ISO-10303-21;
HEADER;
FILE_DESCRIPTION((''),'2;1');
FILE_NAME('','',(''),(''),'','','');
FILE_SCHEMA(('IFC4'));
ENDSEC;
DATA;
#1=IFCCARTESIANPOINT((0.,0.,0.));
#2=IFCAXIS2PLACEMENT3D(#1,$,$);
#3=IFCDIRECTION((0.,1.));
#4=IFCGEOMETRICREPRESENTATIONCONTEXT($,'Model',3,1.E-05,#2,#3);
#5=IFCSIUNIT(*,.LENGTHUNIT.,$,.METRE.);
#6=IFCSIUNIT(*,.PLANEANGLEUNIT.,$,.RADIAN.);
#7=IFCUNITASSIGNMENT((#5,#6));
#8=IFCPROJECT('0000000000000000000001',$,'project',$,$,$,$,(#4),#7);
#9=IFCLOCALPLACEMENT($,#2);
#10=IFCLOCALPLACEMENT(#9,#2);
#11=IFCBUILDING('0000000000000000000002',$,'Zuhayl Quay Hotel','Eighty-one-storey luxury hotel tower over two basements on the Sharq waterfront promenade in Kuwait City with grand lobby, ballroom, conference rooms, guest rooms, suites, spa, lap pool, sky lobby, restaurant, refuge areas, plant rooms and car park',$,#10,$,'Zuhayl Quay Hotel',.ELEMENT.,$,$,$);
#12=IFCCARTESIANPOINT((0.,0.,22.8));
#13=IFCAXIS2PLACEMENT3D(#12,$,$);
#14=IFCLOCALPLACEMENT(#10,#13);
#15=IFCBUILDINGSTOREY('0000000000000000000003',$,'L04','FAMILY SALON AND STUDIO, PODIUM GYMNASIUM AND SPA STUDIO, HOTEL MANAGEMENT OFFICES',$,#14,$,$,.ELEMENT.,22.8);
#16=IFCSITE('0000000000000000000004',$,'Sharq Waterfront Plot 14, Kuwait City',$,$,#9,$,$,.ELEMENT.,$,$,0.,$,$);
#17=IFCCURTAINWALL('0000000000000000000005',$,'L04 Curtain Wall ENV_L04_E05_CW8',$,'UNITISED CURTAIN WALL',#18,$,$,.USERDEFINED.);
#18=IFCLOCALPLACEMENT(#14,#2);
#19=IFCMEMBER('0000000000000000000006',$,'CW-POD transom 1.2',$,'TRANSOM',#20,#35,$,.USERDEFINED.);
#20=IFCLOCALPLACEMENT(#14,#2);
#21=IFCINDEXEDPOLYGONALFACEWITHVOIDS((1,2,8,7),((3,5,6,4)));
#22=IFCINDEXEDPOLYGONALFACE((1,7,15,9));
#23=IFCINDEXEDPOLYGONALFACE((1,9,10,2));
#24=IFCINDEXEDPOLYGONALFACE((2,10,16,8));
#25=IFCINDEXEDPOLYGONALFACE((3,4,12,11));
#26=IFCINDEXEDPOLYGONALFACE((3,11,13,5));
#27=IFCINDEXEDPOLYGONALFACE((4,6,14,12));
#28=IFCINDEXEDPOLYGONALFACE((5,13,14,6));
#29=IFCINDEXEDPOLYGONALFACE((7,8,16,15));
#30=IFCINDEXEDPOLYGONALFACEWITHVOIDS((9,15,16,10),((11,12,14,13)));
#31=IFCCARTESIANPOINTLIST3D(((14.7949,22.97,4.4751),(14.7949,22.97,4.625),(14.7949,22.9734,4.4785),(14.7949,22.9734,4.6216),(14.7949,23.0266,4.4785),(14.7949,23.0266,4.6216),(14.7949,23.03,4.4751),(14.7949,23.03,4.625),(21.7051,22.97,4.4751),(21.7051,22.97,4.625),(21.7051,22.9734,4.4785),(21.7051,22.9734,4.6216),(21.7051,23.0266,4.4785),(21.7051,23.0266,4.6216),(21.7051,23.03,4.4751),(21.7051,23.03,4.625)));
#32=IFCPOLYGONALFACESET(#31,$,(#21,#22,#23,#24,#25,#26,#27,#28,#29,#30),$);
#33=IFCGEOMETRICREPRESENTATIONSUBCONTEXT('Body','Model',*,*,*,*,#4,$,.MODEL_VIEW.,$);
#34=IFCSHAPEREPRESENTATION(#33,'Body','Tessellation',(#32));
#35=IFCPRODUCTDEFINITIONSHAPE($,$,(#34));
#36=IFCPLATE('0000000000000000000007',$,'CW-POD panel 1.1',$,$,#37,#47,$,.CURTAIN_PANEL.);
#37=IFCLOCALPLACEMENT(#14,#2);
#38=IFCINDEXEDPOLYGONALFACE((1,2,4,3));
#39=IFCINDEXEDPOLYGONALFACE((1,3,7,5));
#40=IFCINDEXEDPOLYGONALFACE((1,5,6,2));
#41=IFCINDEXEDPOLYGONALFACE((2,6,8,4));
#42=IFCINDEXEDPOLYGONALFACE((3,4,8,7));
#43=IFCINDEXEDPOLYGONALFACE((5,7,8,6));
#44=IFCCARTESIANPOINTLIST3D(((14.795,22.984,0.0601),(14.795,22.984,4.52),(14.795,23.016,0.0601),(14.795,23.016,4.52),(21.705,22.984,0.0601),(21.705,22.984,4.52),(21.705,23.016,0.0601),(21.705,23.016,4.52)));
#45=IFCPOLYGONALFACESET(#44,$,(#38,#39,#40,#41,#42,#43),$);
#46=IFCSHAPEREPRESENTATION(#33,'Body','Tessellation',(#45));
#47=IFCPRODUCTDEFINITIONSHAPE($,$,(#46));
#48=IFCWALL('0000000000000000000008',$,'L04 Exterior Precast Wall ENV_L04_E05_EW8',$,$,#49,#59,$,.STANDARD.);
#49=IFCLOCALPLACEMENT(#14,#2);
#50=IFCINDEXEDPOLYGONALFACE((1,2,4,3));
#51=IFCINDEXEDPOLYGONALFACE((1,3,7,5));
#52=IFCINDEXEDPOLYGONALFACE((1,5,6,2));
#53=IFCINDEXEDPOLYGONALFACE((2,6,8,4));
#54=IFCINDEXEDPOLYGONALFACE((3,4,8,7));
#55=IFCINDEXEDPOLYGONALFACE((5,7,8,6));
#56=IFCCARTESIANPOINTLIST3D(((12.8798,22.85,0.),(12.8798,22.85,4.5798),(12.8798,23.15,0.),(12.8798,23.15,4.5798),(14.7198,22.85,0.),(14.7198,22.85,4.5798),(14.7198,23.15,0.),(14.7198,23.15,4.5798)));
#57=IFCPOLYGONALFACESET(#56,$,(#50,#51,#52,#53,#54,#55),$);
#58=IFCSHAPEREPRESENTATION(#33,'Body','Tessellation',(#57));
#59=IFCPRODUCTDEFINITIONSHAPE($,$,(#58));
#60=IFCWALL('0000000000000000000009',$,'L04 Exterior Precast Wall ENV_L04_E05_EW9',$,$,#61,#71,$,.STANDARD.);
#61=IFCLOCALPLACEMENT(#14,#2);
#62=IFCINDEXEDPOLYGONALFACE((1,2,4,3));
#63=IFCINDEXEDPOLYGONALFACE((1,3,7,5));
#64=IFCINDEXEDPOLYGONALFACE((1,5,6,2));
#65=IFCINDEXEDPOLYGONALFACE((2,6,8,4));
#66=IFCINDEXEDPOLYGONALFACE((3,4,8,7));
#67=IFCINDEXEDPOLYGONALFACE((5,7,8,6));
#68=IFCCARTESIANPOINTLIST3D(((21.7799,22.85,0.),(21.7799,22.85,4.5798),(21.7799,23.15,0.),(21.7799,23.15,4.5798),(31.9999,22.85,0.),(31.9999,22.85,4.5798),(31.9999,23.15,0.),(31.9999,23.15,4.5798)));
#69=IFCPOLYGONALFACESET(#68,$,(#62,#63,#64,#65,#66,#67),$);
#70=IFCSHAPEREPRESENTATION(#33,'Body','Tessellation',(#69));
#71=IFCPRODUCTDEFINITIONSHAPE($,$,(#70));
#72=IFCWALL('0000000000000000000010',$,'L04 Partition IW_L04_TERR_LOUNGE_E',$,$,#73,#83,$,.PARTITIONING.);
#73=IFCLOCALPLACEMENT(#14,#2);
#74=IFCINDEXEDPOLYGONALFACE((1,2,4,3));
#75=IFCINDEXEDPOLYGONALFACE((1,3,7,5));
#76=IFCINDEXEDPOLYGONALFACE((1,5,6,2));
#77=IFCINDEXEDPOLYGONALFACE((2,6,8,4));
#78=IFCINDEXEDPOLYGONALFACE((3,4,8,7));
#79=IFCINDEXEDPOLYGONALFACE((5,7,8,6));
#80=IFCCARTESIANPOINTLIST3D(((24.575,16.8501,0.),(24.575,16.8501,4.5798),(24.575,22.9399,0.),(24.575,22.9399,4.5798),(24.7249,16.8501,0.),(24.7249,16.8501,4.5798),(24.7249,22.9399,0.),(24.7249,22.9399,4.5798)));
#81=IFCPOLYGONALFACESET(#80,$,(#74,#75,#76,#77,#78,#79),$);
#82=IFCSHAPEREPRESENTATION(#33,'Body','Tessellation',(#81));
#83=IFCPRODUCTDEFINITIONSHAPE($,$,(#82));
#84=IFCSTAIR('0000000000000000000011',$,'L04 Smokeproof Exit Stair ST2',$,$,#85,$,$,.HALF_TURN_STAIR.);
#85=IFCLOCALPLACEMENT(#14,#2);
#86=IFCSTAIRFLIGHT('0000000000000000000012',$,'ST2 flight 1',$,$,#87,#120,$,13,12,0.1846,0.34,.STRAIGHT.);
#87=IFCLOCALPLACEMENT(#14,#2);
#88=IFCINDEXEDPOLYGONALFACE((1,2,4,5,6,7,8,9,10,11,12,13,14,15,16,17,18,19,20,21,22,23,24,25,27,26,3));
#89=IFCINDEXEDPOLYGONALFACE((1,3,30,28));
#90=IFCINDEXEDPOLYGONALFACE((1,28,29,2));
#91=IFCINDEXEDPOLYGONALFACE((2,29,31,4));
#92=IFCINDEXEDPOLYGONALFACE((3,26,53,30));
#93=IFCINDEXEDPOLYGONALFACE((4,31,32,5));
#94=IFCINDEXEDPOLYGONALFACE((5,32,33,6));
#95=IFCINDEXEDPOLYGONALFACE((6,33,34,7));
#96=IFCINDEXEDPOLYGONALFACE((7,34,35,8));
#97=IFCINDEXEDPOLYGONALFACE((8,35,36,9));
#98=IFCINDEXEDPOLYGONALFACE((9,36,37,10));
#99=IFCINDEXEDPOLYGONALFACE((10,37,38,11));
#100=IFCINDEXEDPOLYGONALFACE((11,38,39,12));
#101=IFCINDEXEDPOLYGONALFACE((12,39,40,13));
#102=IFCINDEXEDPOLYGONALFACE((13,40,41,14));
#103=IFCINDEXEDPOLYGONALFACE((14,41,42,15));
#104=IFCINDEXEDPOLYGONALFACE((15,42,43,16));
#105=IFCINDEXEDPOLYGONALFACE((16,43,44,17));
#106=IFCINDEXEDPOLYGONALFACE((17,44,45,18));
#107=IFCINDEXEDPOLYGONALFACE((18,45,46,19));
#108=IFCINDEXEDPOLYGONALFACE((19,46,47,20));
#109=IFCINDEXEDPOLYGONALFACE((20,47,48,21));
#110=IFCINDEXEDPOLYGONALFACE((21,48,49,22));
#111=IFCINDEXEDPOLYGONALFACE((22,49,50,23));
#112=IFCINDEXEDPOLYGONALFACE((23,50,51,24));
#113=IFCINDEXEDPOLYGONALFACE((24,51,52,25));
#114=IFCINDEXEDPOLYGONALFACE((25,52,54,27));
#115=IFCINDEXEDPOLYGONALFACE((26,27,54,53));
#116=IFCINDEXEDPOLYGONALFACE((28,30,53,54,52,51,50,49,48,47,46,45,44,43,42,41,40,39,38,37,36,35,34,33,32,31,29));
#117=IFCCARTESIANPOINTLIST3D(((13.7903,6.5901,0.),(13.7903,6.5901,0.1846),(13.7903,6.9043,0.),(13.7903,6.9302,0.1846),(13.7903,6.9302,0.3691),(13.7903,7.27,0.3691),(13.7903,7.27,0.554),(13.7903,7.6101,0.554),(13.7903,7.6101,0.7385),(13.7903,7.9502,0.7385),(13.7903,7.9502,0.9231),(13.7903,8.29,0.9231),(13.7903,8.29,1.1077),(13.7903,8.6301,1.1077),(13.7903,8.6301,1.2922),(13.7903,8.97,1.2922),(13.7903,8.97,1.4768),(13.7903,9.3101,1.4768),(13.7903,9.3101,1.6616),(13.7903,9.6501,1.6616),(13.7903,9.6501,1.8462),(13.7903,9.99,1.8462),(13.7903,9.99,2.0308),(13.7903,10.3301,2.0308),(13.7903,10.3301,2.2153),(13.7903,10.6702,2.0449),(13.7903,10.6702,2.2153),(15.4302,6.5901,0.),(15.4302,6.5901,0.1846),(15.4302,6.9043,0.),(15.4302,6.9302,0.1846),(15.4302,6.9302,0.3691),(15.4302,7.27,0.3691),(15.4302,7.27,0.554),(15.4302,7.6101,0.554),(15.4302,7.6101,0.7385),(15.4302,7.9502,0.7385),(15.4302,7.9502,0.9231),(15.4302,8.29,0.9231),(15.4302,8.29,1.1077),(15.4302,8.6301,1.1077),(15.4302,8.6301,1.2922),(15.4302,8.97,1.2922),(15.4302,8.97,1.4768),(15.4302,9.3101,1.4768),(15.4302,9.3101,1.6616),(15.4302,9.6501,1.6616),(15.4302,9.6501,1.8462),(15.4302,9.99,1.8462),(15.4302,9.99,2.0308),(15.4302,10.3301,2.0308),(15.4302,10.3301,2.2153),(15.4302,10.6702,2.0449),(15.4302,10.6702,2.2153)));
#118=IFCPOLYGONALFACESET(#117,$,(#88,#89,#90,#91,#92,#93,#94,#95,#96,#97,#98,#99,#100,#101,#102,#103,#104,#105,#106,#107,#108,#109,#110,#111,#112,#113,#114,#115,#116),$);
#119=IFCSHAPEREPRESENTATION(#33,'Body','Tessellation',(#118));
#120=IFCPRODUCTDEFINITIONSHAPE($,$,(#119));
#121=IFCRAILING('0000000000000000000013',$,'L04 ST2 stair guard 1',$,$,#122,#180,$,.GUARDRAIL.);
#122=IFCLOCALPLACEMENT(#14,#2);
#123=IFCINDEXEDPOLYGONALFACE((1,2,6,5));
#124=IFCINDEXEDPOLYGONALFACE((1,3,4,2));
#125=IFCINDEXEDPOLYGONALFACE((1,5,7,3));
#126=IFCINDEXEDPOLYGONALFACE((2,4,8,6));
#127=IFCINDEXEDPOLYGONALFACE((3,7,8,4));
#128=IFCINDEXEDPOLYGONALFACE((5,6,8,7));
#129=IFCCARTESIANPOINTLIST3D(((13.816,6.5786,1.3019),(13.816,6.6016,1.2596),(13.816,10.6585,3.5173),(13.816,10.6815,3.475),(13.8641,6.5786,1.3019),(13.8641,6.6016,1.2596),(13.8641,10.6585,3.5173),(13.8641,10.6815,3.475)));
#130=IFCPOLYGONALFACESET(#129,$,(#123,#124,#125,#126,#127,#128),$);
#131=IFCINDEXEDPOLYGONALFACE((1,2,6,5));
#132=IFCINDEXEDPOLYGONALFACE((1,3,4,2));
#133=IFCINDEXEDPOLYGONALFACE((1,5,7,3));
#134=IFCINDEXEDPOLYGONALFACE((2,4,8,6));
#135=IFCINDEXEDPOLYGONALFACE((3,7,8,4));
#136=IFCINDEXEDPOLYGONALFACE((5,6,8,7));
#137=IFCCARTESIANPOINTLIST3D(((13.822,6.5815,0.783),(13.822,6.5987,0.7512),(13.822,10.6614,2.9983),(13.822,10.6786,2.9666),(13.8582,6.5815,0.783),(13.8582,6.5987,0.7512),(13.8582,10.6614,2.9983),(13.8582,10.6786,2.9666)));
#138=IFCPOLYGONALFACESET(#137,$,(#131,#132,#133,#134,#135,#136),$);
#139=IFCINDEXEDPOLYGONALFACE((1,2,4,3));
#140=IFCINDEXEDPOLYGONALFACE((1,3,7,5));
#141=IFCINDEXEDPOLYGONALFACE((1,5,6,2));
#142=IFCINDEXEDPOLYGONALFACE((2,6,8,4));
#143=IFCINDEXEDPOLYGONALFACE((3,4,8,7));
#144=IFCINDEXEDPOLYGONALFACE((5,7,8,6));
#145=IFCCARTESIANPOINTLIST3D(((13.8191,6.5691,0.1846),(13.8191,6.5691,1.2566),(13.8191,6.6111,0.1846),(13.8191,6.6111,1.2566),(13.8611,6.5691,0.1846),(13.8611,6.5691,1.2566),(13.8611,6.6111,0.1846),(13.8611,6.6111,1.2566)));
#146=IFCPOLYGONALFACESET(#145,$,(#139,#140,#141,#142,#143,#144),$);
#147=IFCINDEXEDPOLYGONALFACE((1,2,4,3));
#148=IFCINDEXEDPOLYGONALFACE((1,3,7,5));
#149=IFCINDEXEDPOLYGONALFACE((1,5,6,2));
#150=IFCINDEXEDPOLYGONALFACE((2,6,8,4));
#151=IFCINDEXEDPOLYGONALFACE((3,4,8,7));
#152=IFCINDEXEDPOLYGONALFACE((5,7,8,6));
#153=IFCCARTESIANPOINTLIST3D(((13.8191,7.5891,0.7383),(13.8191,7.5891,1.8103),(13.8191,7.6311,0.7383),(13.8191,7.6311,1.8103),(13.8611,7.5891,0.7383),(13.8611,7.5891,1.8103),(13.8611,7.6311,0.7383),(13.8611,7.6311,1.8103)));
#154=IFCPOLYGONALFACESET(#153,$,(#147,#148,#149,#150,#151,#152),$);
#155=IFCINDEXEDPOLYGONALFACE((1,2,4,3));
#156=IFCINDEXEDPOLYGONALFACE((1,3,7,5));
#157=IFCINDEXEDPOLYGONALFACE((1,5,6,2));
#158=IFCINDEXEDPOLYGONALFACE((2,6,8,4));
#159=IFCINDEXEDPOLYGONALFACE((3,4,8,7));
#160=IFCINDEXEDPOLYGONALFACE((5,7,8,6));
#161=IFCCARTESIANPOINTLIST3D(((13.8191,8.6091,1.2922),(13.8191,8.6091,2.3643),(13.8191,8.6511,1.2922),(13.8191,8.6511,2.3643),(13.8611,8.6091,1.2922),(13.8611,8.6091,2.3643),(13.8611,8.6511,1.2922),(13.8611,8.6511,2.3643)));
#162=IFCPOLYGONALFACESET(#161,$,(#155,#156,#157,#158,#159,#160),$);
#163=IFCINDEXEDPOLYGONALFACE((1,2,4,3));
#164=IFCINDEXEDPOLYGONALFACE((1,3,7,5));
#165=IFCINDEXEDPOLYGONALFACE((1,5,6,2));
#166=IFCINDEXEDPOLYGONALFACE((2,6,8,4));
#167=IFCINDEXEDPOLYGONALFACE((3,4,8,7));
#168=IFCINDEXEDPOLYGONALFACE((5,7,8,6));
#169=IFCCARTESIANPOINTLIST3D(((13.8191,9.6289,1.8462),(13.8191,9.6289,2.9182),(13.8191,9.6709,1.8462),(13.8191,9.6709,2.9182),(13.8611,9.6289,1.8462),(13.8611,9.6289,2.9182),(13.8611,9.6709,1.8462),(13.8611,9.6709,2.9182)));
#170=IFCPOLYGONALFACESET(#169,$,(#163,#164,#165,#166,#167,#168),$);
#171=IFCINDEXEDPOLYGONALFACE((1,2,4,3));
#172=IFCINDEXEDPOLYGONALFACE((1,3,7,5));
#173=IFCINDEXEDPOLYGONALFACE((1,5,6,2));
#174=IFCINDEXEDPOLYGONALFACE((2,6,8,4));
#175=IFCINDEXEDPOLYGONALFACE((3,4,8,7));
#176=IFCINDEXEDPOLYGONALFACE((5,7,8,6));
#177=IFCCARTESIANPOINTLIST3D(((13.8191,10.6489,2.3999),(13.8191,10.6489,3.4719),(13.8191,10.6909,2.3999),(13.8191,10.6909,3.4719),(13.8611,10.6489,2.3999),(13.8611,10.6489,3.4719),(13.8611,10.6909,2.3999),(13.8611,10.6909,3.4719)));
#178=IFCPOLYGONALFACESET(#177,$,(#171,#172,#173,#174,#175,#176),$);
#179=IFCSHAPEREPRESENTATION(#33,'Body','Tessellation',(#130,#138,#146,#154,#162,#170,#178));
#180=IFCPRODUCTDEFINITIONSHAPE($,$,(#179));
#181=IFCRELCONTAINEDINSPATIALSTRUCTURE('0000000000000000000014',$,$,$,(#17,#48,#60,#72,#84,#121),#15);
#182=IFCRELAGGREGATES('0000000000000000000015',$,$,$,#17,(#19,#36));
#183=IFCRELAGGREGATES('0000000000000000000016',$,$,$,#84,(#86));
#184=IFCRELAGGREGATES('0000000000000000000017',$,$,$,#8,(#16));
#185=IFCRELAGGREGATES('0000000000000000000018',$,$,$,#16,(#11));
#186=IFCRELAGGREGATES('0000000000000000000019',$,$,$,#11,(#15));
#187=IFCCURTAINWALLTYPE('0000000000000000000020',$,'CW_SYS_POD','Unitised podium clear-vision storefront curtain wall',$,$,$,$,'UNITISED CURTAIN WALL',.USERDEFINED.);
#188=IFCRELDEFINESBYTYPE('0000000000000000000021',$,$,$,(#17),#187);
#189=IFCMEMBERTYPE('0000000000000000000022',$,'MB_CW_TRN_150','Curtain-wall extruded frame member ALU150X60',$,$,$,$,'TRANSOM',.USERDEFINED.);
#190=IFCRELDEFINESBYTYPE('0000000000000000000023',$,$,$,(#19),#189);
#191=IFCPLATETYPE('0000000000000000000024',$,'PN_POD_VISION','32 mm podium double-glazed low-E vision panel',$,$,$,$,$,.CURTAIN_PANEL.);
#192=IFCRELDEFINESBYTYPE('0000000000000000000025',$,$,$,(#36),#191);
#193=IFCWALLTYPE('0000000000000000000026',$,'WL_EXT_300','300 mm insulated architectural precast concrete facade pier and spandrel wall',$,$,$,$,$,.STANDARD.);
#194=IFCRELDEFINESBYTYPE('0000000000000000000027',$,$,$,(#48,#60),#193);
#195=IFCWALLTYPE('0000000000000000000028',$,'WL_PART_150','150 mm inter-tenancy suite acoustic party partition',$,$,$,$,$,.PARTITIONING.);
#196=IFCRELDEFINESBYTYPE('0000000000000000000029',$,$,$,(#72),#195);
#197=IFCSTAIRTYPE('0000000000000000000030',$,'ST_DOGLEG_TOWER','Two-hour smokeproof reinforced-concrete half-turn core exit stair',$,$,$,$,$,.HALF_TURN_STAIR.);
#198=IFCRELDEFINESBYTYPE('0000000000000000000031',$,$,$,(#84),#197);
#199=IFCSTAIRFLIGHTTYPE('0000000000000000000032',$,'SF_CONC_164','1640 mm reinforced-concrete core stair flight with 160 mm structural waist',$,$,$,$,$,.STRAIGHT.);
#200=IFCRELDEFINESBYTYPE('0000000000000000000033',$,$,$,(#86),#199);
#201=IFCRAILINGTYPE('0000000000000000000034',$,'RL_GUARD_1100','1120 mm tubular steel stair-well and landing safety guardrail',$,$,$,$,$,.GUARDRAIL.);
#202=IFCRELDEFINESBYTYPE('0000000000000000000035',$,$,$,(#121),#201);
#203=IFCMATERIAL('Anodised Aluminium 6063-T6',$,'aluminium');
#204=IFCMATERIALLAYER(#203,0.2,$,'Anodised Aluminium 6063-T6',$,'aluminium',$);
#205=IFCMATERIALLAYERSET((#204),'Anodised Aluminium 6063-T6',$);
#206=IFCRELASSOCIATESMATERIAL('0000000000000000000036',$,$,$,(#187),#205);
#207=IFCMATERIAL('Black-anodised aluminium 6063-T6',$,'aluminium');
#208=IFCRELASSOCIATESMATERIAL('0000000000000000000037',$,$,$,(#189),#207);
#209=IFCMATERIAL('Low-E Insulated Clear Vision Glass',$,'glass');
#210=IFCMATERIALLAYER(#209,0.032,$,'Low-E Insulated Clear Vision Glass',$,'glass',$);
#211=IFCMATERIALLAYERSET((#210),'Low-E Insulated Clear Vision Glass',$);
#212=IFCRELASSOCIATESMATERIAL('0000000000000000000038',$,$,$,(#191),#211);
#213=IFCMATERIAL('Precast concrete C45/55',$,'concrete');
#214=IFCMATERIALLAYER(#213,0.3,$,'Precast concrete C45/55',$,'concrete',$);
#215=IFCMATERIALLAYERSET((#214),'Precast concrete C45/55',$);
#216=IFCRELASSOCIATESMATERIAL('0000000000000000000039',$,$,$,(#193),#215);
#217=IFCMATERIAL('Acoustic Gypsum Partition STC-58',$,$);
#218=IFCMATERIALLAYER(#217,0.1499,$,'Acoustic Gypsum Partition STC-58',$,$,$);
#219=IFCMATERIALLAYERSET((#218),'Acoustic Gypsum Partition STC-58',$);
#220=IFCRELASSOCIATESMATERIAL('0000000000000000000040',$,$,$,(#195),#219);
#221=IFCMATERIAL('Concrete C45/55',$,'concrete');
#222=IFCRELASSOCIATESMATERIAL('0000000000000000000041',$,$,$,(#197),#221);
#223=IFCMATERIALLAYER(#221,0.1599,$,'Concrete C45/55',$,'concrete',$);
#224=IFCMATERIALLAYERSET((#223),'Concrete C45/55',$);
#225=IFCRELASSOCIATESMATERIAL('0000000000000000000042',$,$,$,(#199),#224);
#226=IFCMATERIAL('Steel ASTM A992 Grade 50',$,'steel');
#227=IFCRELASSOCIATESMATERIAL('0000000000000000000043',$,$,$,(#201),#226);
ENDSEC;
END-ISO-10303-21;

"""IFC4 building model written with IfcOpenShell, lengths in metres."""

from ifc_helpers import new_model, si_unit, direction, frame, frame_2d, origin, origin_2d, place, context, subcontext, project, spatial, polyline, rectangle, hollow_rectangle, outline, extrude, material, layer, layer_set, material_profile, profile_set, type_object, element, aggregate, save


model = new_model("IFC4")

# Units and contexts
model_context = context("Model", 3, precision=1e-05, world=origin(), true_north=direction((0.0, 1.0)))
body_context = subcontext(model_context, "Body", "Model", "MODEL_VIEW")
ifc_project = project(units=[si_unit("LENGTHUNIT", "METRE"), si_unit("PLANEANGLEUNIT", "RADIAN")], contexts=[model_context])

# Site, building, storey
site_placement = place(None, origin())
site = spatial("IfcSite", under=ifc_project, at=site_placement, Name="Sharq Waterfront Plot 14, Kuwait City", CompositionType="ELEMENT", RefElevation=0.0)
building_placement = place(site_placement, origin())
building = spatial("IfcBuilding", under=site, at=building_placement, Name="Zuhayl Quay Hotel", Description="Eighty-one-storey luxury hotel tower over two basements on the Sharq waterfront promenade in Kuwait City with grand lobby, ballroom, conference rooms, guest rooms, suites, spa, lap pool, sky lobby, restaurant, refuge areas, plant rooms and car park", LongName="Zuhayl Quay Hotel", CompositionType="ELEMENT")
storey_placement = place(building_placement, frame((0.0, 0.0, 22.8)))
storey = spatial("IfcBuildingStorey", under=building, at=storey_placement, Name="L04", Description="FAMILY SALON AND STUDIO, PODIUM GYMNASIUM AND SPA STUDIO, HOTEL MANAGEMENT OFFICES", CompositionType="ELEMENT", Elevation=22.8)

# Shared definitions
ifc_material_1 = material(Name="Anodised Aluminium 6063-T6", Category="aluminium")
ifc_layer_1 = layer(ifc_material_1, 0.2, Name="Anodised Aluminium 6063-T6", Category="aluminium")
ifc_layer_set_1 = layer_set([ifc_layer_1], Name="Anodised Aluminium 6063-T6")
curtain_wall_type = type_object("IfcCurtainWallType", Name="CW_SYS_POD", Description="Unitised podium clear-vision storefront curtain wall", ElementType="UNITISED CURTAIN WALL", PredefinedType="USERDEFINED", material=ifc_layer_set_1)
ifc_material_2 = material(Name="Black-anodised aluminium 6063-T6", Category="aluminium")

# Curtain wall, member, plate
curtain_wall_1_placement = place(storey_placement, origin())
curtain_wall_1 = element("IfcCurtainWall", 1, at=curtain_wall_1_placement, inside=storey, type_object=curtain_wall_type, Name="L04 Curtain Wall ENV_L04_E05_CW8", ObjectType="UNITISED CURTAIN WALL", PredefinedType="USERDEFINED")
ifc_material_profile_1 = material_profile(ifc_material_2, hollow_rectangle(XDim=0.0601, YDim=0.1499, WallThickness=0.0034, at=origin_2d()), Name="ALU150X60")
ifc_profile_set_1 = profile_set([ifc_material_profile_1], Name="Black-anodised aluminium 6063-T6")
member_type_1 = type_object("IfcMemberType", Name="MB_CW_TRN_150", Description="Curtain-wall extruded frame member ALU150X60", ElementType="TRANSOM", PredefinedType="USERDEFINED", material=ifc_profile_set_1)
member_1_placement = place(storey_placement, frame((14.7949, 23.0, 4.55), z_axis=(1.0, 0.0, 0.0), x_axis=(0.0, 1.0, 0.0)))
member_1 = element("IfcMember", 2, at=member_1_placement, type_object=member_type_1, Name="CW-POD transom 1.2", ObjectType="TRANSOM", PredefinedType="USERDEFINED", context=body_context, shape_type="SweptSolid", body=[
    extrude(hollow_rectangle(XDim=0.0601, YDim=0.1499, WallThickness=0.0034, at=origin_2d()), origin(), (0.0, 0.0, 1.0), 6.9102),
])
ifc_material_3 = material(Name="Low-E Insulated Clear Vision Glass", Category="glass")
ifc_layer_2 = layer(ifc_material_3, 0.032, Name="Low-E Insulated Clear Vision Glass", Category="glass")
ifc_layer_set_2 = layer_set([ifc_layer_2], Name="Low-E Insulated Clear Vision Glass")
plate_type = type_object("IfcPlateType", Name="PN_POD_VISION", Description="32 mm podium double-glazed low-E vision panel", PredefinedType="CURTAIN_PANEL", material=ifc_layer_set_2)
plate_placement = place(storey_placement, frame((18.25, 23.0, 0.0601), z_axis=(0.0, 0.0, 1.0), x_axis=(1.0, 0.0, 0.0)))
plate = element("IfcPlate", 3, at=plate_placement, type_object=plate_type, Name="CW-POD panel 1.1", PredefinedType="CURTAIN_PANEL", context=body_context, shape_type="SweptSolid", body=[
    extrude(rectangle(XDim=6.9099, YDim=0.032, at=origin_2d()), origin(), (0.0, 0.0, 1.0), 4.46),
])
aggregate(curtain_wall_1, [member_1, plate])

# Walls
ifc_material_4 = material(Name="Precast concrete C45/55", Category="concrete")
ifc_layer_3 = layer(ifc_material_4, 0.3, Name="Precast concrete C45/55", Category="concrete")
ifc_layer_set_3 = layer_set([ifc_layer_3], Name="Precast concrete C45/55")
wall_type_1 = type_object("IfcWallType", Name="WL_EXT_300", Description="300 mm insulated architectural precast concrete facade pier and spandrel wall", PredefinedType="STANDARD", material=ifc_layer_set_3)
wall_1_placement = place(storey_placement, frame((12.8799, 23.0, 0.0), z_axis=(0.0, 0.0, 1.0), x_axis=(1.0, 0.0, 0.0)))
element("IfcWall", 4, at=wall_1_placement, inside=storey, type_object=wall_type_1, Name="L04 Exterior Precast Wall ENV_L04_E05_EW8", PredefinedType="STANDARD", context=body_context, shape_type="SweptSolid", body=[
    extrude(rectangle(XDim=1.8401, YDim=0.3, at=frame_2d((0.9199, 0.0))), origin(), (0.0, 0.0, 1.0), 4.5798),
])
wall_2_placement = place(storey_placement, frame((21.78, 23.0, 0.0), z_axis=(0.0, 0.0, 1.0), x_axis=(1.0, 0.0, 0.0)))
element("IfcWall", 5, at=wall_2_placement, inside=storey, type_object=wall_type_1, Name="L04 Exterior Precast Wall ENV_L04_E05_EW9", PredefinedType="STANDARD", context=body_context, shape_type="SweptSolid", body=[
    extrude(rectangle(XDim=10.22, YDim=0.3, at=frame_2d((5.1099, 0.0))), origin(), (0.0, 0.0, 1.0), 4.5798),
])
ifc_material_5 = material(Name="Acoustic Gypsum Partition STC-58")
ifc_layer_4 = layer(ifc_material_5, 0.1499, Name="Acoustic Gypsum Partition STC-58")
ifc_layer_set_4 = layer_set([ifc_layer_4], Name="Acoustic Gypsum Partition STC-58")
wall_type_2 = type_object("IfcWallType", Name="WL_PART_150", Description="150 mm inter-tenancy suite acoustic party partition", PredefinedType="PARTITIONING", material=ifc_layer_set_4)
wall_3_placement = place(storey_placement, frame((24.6499, 16.8501, 0.0), z_axis=(0.0, 0.0, 1.0), x_axis=(0.0, 1.0, 0.0)))
element("IfcWall", 6, at=wall_3_placement, inside=storey, type_object=wall_type_2, Name="L04 Partition IW_L04_TERR_LOUNGE_E", PredefinedType="PARTITIONING", context=body_context, shape_type="SweptSolid", body=[
    extrude(rectangle(XDim=6.0898, YDim=0.1499, at=frame_2d((3.0449, 0.0))), origin(), (0.0, 0.0, 1.0), 4.5798),
])

# Stair, stair flight
ifc_material_6 = material(Name="Concrete C45/55", Category="concrete")
stair_type = type_object("IfcStairType", Name="ST_DOGLEG_TOWER", Description="Two-hour smokeproof reinforced-concrete half-turn core exit stair", PredefinedType="HALF_TURN_STAIR", material=ifc_material_6)
stair_placement = place(storey_placement, origin())
stair = element("IfcStair", 7, at=stair_placement, inside=storey, type_object=stair_type, Name="L04 Smokeproof Exit Stair ST2", PredefinedType="HALF_TURN_STAIR")
ifc_layer_5 = layer(ifc_material_6, 0.1599, Name="Concrete C45/55", Category="concrete")
ifc_layer_set_5 = layer_set([ifc_layer_5], Name="Concrete C45/55")
stair_flight_type = type_object("IfcStairFlightType", Name="SF_CONC_164", Description="1640 mm reinforced-concrete core stair flight with 160 mm structural waist", PredefinedType="STRAIGHT", material=ifc_layer_set_5)
stair_flight_placement = place(storey_placement, frame((14.6101, 6.5901, 0.0), z_axis=(0.0, 0.0, 1.0), x_axis=(0.0, 1.0, 0.0)))
stair_flight = element("IfcStairFlight", 8, at=stair_flight_placement, type_object=stair_flight_type, Name="ST2 flight 1", NumberOfRisers=13, NumberOfTreads=12, PredefinedType="STRAIGHT", RiserHeight=0.1846, TreadLength=0.34, context=body_context, shape_type="SweptSolid", body=[
    extrude(outline(polyline([(0.0, 0.0), (0.0, 0.1846), (0.3401, 0.1846), (0.3401, 0.3691), (0.6799, 0.3691), (0.6799, 0.554), (1.02, 0.554), (1.02, 0.7385), (1.3601, 0.7385), (1.3601, 0.9231), (1.7, 0.9231), (1.7, 1.1077), (2.04, 1.1077), (2.04, 1.2922), (2.3799, 1.2922), (2.3799, 1.4768), (2.72, 1.4768), (2.72, 1.6616), (3.0601, 1.6616), (3.0601, 1.8462), (3.3999, 1.8462), (3.3999, 2.0308), (3.74, 2.0308), (3.74, 2.2153), (4.0801, 2.2153), (4.0801, 2.3999), (4.0801, 2.0449), (0.3142, 0.0), (0.0, 0.0)])), frame((0.0, 0.8198, 0.0), z_axis=(0.0, -1.0, 0.0), x_axis=(1.0, 0.0, 0.0)), (0.0, 0.0, 1.0), 1.6399),
])
aggregate(stair, [stair_flight])

# Railing
ifc_material_7 = material(Name="Steel ASTM A992 Grade 50", Category="steel")
railing_type_1 = type_object("IfcRailingType", Name="RL_GUARD_1100", Description="1120 mm tubular steel stair-well and landing safety guardrail", PredefinedType="GUARDRAIL", material=ifc_material_7)
railing_1_placement = place(storey_placement, frame((13.8401, 6.5901, 0.1846)))
element("IfcRailing", 9, at=railing_1_placement, inside=storey, type_object=railing_type_1, Name="L04 ST2 stair guard 1", PredefinedType="GUARDRAIL", context=body_context, shape_type="SweptSolid", body=[
    extrude(rectangle(XDim=0.0481, YDim=0.0481, at=origin_2d()), frame((0.0, 0.0, 1.0962), z_axis=(0.0, 0.878802, 0.477186), x_axis=(-1.0, 0.0, 0.0)), (0.0, 0.0, 1.0), 4.6426),
    extrude(rectangle(XDim=0.0361, YDim=0.0361, at=origin_2d()), frame((0.0, 0.0, 0.5825), z_axis=(0.0, 0.878802, 0.477186), x_axis=(-1.0, 0.0, 0.0)), (0.0, 0.0, 1.0), 4.6426),
    extrude(rectangle(XDim=0.042, YDim=0.042, at=origin_2d()), origin(), (0.0, 0.0, 1.0), 1.072),
    extrude(rectangle(XDim=0.042, YDim=0.042, at=origin_2d()), frame((0.0, 1.02, 0.5537)), (0.0, 0.0, 1.0), 1.072),
    extrude(rectangle(XDim=0.042, YDim=0.042, at=origin_2d()), frame((0.0, 2.04, 1.1077)), (0.0, 0.0, 1.0), 1.072),
    extrude(rectangle(XDim=0.042, YDim=0.042, at=origin_2d()), frame((0.0, 3.0598, 1.6616)), (0.0, 0.0, 1.0), 1.072),
    extrude(rectangle(XDim=0.042, YDim=0.042, at=origin_2d()), frame((0.0, 4.0798, 2.2153)), (0.0, 0.0, 1.0), 1.072),
])

save(model, "model.ifc")
